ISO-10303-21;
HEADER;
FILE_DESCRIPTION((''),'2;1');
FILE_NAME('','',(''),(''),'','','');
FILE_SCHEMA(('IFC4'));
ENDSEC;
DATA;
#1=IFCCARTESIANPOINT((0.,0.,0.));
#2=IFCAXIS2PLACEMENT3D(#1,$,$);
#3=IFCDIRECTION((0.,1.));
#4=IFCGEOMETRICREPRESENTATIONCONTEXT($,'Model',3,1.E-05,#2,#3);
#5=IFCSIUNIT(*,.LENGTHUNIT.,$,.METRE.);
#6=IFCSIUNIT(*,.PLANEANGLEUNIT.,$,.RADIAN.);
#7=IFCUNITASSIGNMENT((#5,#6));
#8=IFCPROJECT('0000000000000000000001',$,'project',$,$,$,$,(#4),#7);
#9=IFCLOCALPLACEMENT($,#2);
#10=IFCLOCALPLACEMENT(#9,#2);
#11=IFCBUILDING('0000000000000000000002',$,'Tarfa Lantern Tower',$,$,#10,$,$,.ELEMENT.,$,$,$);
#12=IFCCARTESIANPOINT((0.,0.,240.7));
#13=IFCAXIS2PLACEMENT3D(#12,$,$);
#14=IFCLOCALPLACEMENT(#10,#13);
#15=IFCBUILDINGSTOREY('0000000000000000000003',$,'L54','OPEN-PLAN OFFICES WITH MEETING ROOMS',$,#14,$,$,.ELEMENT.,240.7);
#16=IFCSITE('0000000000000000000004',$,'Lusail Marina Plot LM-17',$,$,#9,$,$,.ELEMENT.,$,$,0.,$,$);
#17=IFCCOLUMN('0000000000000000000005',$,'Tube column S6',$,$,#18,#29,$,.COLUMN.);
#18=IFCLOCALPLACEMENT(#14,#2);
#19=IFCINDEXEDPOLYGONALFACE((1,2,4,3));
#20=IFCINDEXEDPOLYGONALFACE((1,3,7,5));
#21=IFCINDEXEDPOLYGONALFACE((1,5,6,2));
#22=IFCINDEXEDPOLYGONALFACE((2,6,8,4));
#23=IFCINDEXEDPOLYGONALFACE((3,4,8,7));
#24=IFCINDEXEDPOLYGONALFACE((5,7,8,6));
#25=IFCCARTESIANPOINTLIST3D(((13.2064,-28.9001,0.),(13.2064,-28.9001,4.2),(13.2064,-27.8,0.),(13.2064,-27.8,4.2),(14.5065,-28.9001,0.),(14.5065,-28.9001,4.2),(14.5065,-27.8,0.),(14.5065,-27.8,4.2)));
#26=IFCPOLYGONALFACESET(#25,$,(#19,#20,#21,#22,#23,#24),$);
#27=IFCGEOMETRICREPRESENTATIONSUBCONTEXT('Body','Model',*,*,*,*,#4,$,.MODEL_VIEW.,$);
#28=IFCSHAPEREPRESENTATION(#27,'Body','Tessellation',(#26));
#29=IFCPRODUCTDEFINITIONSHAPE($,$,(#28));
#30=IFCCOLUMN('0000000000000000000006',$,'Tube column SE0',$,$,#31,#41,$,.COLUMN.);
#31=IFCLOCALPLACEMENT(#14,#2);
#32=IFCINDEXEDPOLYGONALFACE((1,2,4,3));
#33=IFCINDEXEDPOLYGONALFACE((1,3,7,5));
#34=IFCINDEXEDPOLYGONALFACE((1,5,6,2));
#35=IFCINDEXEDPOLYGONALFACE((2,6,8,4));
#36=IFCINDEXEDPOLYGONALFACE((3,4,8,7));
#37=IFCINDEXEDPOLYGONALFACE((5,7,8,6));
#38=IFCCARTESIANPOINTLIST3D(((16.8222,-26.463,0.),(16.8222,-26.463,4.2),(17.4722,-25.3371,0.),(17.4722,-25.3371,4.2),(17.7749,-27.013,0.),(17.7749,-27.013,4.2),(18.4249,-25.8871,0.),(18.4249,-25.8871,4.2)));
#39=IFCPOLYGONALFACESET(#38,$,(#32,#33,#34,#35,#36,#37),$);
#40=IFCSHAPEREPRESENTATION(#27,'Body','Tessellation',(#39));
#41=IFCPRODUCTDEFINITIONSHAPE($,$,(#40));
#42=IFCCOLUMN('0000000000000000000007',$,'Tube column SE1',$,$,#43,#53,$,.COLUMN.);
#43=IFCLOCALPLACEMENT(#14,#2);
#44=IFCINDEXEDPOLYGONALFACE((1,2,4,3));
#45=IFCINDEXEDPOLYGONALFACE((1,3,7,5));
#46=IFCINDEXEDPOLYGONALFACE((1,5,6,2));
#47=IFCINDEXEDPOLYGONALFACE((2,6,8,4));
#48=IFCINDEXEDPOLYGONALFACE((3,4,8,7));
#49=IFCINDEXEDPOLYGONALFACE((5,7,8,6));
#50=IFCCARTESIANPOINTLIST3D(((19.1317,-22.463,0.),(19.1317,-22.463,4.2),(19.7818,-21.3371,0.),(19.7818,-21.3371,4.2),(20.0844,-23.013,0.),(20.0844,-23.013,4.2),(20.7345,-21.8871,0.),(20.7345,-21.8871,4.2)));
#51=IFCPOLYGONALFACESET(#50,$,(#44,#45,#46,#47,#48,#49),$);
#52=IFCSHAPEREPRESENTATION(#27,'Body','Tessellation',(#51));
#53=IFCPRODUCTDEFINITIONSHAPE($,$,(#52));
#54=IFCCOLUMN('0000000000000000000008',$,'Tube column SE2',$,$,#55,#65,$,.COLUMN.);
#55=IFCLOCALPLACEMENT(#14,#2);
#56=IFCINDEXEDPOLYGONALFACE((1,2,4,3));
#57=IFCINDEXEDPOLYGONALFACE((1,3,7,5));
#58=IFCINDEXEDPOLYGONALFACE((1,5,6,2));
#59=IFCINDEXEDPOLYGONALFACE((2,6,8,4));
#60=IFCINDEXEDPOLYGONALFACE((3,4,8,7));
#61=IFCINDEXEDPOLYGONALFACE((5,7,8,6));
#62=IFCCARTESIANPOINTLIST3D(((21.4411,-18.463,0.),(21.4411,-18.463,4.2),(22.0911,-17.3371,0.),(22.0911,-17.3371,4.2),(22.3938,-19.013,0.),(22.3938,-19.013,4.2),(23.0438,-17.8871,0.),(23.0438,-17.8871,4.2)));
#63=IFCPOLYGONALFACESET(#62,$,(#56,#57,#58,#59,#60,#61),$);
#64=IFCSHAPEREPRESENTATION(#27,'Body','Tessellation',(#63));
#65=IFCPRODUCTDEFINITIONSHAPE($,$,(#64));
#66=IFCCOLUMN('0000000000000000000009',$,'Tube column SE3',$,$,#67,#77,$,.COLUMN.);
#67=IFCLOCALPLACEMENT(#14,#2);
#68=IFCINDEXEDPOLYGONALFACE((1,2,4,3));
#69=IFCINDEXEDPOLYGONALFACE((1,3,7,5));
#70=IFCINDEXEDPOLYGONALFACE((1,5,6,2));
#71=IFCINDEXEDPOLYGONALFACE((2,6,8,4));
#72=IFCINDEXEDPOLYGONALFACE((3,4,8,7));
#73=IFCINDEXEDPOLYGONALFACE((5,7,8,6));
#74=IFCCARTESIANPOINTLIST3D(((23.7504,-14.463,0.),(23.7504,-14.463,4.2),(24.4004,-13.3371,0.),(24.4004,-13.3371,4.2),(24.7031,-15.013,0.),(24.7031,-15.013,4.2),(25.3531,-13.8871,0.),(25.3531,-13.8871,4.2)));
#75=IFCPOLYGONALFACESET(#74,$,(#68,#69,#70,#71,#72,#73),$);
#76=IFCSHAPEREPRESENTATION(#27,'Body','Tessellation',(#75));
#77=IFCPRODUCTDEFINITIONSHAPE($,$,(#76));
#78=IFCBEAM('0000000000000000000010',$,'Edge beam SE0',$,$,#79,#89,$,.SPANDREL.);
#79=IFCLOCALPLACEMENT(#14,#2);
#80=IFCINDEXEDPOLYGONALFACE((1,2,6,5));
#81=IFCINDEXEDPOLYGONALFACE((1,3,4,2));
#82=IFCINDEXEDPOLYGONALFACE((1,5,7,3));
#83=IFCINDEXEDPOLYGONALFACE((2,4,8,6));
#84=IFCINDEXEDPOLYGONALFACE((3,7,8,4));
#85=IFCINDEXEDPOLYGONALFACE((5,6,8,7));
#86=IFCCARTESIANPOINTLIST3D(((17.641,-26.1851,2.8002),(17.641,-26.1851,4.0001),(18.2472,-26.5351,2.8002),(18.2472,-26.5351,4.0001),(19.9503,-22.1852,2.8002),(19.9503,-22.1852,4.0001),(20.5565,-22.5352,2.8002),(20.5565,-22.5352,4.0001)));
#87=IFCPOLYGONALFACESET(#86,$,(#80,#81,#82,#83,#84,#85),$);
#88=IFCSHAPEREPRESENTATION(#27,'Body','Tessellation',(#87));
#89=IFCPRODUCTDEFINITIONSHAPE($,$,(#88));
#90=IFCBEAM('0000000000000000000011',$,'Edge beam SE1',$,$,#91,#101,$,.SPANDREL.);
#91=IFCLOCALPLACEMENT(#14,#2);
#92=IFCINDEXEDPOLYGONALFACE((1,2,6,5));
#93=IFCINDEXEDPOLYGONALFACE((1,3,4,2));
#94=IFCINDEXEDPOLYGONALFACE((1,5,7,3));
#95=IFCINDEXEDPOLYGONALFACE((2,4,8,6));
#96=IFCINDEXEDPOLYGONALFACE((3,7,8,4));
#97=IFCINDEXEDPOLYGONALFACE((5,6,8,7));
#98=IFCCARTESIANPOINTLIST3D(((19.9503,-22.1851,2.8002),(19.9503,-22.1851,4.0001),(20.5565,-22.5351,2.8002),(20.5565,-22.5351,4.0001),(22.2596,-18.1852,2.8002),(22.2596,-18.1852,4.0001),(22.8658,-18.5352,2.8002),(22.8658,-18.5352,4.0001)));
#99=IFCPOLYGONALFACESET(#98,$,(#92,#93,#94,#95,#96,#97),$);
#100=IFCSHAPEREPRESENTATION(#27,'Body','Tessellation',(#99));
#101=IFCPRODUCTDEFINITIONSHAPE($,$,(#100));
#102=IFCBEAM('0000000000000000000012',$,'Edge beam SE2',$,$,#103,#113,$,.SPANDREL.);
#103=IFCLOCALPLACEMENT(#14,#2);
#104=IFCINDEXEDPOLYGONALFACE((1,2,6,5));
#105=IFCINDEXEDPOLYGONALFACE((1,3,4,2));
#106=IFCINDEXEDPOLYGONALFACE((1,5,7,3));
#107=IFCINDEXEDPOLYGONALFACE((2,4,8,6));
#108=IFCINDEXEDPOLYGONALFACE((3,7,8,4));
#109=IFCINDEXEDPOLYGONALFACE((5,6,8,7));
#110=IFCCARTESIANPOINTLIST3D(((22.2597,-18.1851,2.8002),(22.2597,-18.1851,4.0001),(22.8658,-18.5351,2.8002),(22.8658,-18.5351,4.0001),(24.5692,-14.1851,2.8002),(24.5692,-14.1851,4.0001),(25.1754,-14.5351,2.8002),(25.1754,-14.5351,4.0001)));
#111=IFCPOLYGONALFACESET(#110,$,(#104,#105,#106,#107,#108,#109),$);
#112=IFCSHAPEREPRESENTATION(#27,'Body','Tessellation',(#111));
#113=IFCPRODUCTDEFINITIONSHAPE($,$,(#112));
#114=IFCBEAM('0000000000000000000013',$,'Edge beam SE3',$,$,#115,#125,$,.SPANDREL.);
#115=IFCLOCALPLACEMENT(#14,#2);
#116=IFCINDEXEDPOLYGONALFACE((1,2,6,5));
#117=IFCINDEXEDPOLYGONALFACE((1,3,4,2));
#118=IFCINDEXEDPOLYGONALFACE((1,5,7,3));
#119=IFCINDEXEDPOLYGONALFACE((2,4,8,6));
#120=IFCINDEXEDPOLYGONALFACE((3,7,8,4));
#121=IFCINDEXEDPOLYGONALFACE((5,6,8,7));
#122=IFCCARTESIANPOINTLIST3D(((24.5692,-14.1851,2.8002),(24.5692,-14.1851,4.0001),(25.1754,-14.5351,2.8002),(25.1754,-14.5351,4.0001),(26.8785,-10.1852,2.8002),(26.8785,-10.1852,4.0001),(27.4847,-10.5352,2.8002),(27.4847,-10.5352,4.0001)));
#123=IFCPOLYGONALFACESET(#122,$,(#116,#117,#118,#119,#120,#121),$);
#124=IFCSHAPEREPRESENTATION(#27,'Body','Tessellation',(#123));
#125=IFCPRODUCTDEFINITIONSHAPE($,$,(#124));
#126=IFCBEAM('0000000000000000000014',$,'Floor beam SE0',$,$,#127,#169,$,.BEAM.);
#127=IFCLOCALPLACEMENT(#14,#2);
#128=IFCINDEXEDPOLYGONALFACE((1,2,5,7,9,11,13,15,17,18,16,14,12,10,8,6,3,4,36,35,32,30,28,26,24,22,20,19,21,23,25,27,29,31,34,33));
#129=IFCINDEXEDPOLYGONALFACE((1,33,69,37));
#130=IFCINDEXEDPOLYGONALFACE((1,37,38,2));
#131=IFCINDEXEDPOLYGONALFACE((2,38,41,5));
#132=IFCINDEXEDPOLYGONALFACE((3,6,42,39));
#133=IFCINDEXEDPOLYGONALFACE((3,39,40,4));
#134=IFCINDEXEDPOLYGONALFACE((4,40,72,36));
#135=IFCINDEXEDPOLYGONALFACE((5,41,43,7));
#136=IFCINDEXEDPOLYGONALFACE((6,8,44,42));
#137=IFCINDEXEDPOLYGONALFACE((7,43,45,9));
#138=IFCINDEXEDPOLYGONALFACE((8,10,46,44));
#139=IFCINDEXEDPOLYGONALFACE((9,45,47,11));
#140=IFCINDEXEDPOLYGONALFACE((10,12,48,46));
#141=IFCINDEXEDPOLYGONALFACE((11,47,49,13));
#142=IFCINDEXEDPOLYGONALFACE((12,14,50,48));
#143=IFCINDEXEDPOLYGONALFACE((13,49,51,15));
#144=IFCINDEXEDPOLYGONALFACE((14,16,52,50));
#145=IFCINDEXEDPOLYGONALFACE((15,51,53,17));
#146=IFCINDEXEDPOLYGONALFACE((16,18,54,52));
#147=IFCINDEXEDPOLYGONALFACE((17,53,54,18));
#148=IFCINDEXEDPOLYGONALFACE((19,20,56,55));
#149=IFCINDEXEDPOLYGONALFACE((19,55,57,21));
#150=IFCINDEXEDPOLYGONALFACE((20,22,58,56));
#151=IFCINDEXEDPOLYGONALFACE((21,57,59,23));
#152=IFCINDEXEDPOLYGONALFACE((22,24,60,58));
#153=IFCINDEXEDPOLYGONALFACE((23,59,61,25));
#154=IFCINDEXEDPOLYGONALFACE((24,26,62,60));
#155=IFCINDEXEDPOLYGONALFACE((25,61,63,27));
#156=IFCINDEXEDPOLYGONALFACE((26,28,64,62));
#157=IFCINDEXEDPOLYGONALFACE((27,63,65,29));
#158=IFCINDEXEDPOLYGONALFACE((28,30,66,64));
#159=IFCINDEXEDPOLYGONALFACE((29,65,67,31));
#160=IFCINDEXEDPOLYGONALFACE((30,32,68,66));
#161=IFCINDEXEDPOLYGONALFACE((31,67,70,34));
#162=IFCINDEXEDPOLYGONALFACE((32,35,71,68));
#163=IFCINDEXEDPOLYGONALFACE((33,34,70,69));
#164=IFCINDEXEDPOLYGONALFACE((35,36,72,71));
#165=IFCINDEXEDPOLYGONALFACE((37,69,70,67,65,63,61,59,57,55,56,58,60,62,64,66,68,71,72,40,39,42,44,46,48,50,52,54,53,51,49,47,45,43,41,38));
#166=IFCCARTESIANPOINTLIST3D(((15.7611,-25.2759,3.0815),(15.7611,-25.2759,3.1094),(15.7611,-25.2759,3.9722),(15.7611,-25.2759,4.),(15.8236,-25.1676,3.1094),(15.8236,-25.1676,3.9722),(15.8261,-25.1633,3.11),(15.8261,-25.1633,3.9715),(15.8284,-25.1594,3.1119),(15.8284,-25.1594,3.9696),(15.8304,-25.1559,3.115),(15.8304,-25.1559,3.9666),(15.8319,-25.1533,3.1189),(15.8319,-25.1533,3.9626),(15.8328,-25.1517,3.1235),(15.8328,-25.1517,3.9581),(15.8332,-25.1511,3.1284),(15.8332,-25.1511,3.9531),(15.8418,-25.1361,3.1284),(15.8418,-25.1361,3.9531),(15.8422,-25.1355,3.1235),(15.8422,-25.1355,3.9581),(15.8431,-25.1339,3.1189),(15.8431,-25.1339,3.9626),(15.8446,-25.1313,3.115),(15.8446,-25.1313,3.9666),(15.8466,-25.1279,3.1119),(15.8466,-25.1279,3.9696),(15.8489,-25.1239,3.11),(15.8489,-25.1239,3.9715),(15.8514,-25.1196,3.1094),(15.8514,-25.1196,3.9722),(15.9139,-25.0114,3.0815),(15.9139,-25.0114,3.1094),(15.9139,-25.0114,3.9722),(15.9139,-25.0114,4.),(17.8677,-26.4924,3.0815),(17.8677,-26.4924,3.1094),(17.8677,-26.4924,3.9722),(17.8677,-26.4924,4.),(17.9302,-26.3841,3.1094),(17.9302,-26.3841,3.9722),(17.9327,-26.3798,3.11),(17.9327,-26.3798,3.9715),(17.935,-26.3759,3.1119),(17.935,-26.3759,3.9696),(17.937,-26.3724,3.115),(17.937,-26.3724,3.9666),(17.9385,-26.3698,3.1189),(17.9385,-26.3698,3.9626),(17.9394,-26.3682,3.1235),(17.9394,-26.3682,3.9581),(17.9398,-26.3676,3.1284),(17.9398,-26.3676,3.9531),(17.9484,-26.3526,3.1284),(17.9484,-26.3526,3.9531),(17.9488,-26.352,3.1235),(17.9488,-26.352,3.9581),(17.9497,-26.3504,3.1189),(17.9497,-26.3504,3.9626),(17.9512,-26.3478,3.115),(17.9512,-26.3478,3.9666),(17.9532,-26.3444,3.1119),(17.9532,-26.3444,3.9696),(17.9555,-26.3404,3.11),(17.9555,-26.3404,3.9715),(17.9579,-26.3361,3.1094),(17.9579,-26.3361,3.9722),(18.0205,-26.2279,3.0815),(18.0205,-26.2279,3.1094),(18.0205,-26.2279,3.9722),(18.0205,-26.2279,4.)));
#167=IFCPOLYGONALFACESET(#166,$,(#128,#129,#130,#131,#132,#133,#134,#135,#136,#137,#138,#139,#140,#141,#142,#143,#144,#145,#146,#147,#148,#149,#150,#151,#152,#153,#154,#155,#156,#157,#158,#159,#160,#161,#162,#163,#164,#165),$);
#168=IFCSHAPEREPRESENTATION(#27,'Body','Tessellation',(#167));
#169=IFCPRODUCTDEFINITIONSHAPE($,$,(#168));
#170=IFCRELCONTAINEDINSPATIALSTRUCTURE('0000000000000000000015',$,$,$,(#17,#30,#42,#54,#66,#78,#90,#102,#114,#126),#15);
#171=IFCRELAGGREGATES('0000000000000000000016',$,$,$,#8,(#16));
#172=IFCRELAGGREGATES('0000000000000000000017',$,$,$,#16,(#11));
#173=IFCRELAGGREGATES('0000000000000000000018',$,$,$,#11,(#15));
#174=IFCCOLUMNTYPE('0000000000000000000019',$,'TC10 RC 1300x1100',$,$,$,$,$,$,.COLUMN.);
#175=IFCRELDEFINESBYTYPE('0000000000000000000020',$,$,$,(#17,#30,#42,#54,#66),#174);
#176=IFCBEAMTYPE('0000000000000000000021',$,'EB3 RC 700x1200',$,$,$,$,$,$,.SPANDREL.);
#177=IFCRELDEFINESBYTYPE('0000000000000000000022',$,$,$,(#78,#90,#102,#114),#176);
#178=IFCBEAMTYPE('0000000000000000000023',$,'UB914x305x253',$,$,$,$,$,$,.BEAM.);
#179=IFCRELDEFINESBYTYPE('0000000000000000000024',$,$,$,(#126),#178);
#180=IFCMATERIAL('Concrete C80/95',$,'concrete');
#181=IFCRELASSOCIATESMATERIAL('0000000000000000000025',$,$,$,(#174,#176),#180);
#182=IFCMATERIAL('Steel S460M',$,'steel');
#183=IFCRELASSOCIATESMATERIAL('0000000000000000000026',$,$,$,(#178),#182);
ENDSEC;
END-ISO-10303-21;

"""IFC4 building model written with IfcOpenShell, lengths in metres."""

from ifc_helpers import new_model, si_unit, direction, frame, origin, origin_2d, place, context, subcontext, project, spatial, rectangle, i_section, extrude, material, material_profile, profile_set, type_object, element, save


model = new_model("IFC4")

# Units and contexts
model_context = context("Model", 3, precision=1e-05, world=origin(), true_north=direction((0.0, 1.0)))
body_context = subcontext(model_context, "Body", "Model", "MODEL_VIEW")
ifc_project = project(units=[si_unit("LENGTHUNIT", "METRE"), si_unit("PLANEANGLEUNIT", "RADIAN")], contexts=[model_context])

# Site, building, storey
site_placement = place(None, origin())
site = spatial("IfcSite", under=ifc_project, at=site_placement, Name="Lusail Marina Plot LM-17", CompositionType="ELEMENT", RefElevation=0.0)
building_placement = place(site_placement, origin())
building = spatial("IfcBuilding", under=site, at=building_placement, Name="Tarfa Lantern Tower", CompositionType="ELEMENT")
storey_placement = place(building_placement, frame((0.0, 0.0, 240.7)))
storey = spatial("IfcBuildingStorey", under=building, at=storey_placement, Name="L54", Description="OPEN-PLAN OFFICES WITH MEETING ROOMS", CompositionType="ELEMENT", Elevation=240.7)

# Columns
ifc_material_1 = material(Name="Concrete C80/95", Category="concrete")
ifc_material_profile_1 = material_profile(ifc_material_1, rectangle(XDim=1.3, YDim=1.1001, at=origin_2d()), Name="RC 1300x1100")
ifc_profile_set_1 = profile_set([ifc_material_profile_1], Name="Concrete C80/95")
column_type = type_object("IfcColumnType", Name="TC10 RC 1300x1100", PredefinedType="COLUMN", material=ifc_profile_set_1)
for number, where, z_axis, x_axis, name in (
    (1, (13.8564, -28.3501, 0.0), (0.0, 0.0, 1.0), (1.0, 0.0, 0.0), "Tube column S6"),
    (2, (17.6235, -26.175, 0.0), (0.0, 0.0, 1.0), (0.5, 0.866025, 0.0), "Tube column SE0"),
    (3, (19.9331, -22.175, 0.0), (0.0, 0.0, 1.0), (0.5, 0.866025, 0.0), "Tube column SE1"),
    (4, (22.2424, -18.175, 0.0), (0.0, 0.0, 1.0), (0.5, 0.866025, 0.0), "Tube column SE2"),
    (5, (24.5518, -14.175, 0.0), (0.0, 0.0, 1.0), (0.5, 0.866025, 0.0), "Tube column SE3"),
):
    element("IfcColumn", number, at=place(storey_placement, frame(where, z_axis=z_axis, x_axis=x_axis)), inside=storey, type_object=column_type, Name=name, PredefinedType="COLUMN", context=body_context, shape_type="SweptSolid", body=[
        extrude(rectangle(XDim=1.3, YDim=1.1001, at=origin_2d()), origin(), (0.0, 0.0, 1.0), 4.2),
    ])

# Beams
ifc_material_profile_2 = material_profile(ifc_material_1, rectangle(XDim=0.7, YDim=1.2, at=origin_2d()), Name="RC 700x1200")
ifc_profile_set_2 = profile_set([ifc_material_profile_2], Name="Concrete C80/95")
beam_type_1 = type_object("IfcBeamType", Name="EB3 RC 700x1200", PredefinedType="SPANDREL", material=ifc_profile_set_2)
for number, where, z_axis, x_axis, name in (
    (6, (17.9441, -26.3601, 3.4001), (0.499988, 0.866032, 0.0), (-0.866032, 0.499988, 0.0), "Edge beam SE0"),
    (7, (20.2534, -22.3601, 3.4001), (0.499988, 0.866032, 0.0), (-0.866032, 0.499988, 0.0), "Edge beam SE1"),
):
    element("IfcBeam", number, at=place(storey_placement, frame(where, z_axis=z_axis, x_axis=x_axis)), inside=storey, type_object=beam_type_1, Name=name, PredefinedType="SPANDREL", context=body_context, shape_type="SweptSolid", body=[
        extrude(rectangle(XDim=0.7, YDim=1.2, at=origin_2d()), origin(), (0.0, 0.0, 1.0), 4.6187),
    ])
beam_1_placement = place(storey_placement, frame((22.5627, -18.3601, 3.4001), z_axis=(0.500027, 0.86601, 0.0), x_axis=(-0.86601, 0.500027, 0.0)))
element("IfcBeam", 8, at=beam_1_placement, inside=storey, type_object=beam_type_1, Name="Edge beam SE2", PredefinedType="SPANDREL", context=body_context, shape_type="SweptSolid", body=[
    extrude(rectangle(XDim=0.7, YDim=1.2, at=origin_2d()), origin(), (0.0, 0.0, 1.0), 4.6189),
])
beam_2_placement = place(storey_placement, frame((24.8723, -14.3601, 3.4001), z_axis=(0.499988, 0.866032, 0.0), x_axis=(-0.866032, 0.499988, 0.0)))
element("IfcBeam", 9, at=beam_2_placement, inside=storey, type_object=beam_type_1, Name="Edge beam SE3", PredefinedType="SPANDREL", context=body_context, shape_type="SweptSolid", body=[
    extrude(rectangle(XDim=0.7, YDim=1.2, at=origin_2d()), origin(), (0.0, 0.0, 1.0), 4.6187),
])
ifc_material_2 = material(Name="Steel S460M", Category="steel")
ifc_material_profile_3 = material_profile(ifc_material_2, i_section(OverallWidth=0.3054, OverallDepth=0.9185, WebThickness=0.0173, FlangeThickness=0.0278, FilletRadius=0.019, at=origin_2d()), Name="UB914x305x253")
ifc_profile_set_3 = profile_set([ifc_material_profile_3], Name="Steel S460M")
beam_type_2 = type_object("IfcBeamType", Name="UB914x305x253", PredefinedType="BEAM", material=ifc_profile_set_3)
beam_3_placement = place(storey_placement, frame((17.9441, -26.3601, 3.5408), z_axis=(-0.86598, 0.500079, 0.0), x_axis=(-0.500079, -0.86598, 0.0)))
element("IfcBeam", 10, at=beam_3_placement, inside=storey, type_object=beam_type_2, Name="Floor beam SE0", PredefinedType="BEAM", context=body_context, shape_type="SweptSolid", body=[
    extrude(i_section(OverallWidth=0.3054, OverallDepth=0.9185, WebThickness=0.0173, FlangeThickness=0.0278, FilletRadius=0.019, at=origin_2d()), origin(), (0.0, 0.0, 1.0), 2.4326),
])

save(model, "model.ifc")
